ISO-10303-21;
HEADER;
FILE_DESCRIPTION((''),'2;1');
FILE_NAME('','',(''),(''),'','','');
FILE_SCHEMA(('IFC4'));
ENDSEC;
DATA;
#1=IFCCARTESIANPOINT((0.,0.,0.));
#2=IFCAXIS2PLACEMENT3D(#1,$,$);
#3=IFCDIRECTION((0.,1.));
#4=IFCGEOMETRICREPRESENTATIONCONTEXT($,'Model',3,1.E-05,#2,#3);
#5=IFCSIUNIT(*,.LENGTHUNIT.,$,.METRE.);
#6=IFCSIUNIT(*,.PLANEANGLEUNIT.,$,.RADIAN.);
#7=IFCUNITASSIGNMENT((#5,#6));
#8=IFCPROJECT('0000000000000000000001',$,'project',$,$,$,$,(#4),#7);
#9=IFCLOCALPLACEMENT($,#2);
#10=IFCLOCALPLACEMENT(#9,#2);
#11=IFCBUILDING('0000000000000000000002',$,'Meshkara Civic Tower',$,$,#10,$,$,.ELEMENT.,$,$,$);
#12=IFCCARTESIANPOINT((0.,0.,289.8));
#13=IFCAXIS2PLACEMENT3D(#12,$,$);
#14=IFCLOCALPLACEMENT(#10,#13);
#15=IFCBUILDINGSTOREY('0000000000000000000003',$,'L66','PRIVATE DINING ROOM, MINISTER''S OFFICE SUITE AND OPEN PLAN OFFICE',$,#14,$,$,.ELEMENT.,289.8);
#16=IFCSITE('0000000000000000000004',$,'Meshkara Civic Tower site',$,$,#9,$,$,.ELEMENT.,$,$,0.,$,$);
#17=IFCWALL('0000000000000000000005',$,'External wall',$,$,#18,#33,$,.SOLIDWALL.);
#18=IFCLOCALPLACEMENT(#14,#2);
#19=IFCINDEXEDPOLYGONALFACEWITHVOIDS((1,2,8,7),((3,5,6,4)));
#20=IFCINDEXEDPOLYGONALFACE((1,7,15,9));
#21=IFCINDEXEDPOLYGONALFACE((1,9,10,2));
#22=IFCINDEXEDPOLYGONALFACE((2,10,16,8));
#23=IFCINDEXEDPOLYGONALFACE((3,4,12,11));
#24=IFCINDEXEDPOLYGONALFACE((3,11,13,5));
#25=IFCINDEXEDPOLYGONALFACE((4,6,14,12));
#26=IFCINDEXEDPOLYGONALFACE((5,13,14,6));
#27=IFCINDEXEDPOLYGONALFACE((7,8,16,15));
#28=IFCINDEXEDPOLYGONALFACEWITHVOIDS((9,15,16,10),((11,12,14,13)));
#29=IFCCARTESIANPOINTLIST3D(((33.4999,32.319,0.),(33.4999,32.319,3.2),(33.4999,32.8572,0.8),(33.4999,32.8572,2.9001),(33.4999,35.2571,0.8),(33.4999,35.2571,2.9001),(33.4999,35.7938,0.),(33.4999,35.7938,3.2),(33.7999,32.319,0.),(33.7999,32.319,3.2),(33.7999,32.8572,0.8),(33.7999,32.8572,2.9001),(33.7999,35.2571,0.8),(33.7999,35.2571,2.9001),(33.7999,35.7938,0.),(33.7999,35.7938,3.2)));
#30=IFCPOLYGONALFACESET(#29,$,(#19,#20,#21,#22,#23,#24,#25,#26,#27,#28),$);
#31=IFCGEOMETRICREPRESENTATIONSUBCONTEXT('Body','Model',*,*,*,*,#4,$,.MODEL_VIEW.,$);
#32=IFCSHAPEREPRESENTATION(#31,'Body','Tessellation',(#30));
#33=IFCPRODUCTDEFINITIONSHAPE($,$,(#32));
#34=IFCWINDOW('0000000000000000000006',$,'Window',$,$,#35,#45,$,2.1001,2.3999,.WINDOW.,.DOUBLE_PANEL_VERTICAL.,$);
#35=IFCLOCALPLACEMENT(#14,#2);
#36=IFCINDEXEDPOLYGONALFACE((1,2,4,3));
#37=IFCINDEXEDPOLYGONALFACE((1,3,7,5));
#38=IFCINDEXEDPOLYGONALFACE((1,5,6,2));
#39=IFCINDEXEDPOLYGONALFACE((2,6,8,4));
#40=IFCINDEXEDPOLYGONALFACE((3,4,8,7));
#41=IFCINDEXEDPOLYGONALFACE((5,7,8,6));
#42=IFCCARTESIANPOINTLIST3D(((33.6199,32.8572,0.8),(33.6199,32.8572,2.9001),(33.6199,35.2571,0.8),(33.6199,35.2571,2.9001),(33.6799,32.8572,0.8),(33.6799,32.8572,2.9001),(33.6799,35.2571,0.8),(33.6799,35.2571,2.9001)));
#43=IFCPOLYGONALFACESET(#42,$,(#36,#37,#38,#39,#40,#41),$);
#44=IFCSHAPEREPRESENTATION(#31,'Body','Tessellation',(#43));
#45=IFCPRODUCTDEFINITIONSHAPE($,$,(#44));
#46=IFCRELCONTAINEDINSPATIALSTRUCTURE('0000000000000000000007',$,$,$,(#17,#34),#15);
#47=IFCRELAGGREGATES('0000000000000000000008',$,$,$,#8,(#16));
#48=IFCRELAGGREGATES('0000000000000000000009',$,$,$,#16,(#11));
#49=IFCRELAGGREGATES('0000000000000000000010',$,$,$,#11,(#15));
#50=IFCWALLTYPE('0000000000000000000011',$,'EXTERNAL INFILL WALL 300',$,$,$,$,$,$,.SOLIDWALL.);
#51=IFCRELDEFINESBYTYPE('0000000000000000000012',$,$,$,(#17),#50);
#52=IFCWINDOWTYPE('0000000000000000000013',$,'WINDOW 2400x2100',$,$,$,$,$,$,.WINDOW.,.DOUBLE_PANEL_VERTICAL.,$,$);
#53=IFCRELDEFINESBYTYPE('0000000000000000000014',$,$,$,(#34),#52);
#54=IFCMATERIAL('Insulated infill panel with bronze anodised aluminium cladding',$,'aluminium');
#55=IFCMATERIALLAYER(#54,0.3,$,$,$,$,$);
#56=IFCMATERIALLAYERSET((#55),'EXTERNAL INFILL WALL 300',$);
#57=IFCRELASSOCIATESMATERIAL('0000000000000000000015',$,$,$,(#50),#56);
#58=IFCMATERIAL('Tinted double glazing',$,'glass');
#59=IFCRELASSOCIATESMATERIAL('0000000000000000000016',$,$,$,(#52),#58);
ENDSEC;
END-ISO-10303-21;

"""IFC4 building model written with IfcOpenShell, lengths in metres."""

from ifc_helpers import new_model, si_unit, direction, frame, frame_2d, origin, place, context, subcontext, project, spatial, rectangle, extrude, material, layer, layer_set, type_object, element, fill, save


model = new_model("IFC4")

# Units and contexts
model_context = context("Model", 3, precision=1e-05, world=origin(), true_north=direction((0.0, 1.0)))
body_context = subcontext(model_context, "Body", "Model", "MODEL_VIEW")
ifc_project = project(units=[si_unit("LENGTHUNIT", "METRE"), si_unit("PLANEANGLEUNIT", "RADIAN")], contexts=[model_context])

# Site, building, storey
site_placement = place(None, origin())
site = spatial("IfcSite", under=ifc_project, at=site_placement, Name="Meshkara Civic Tower site", CompositionType="ELEMENT", RefElevation=0.0)
building_placement = place(site_placement, origin())
building = spatial("IfcBuilding", under=site, at=building_placement, Name="Meshkara Civic Tower", CompositionType="ELEMENT")
storey_placement = place(building_placement, frame((0.0, 0.0, 289.8)))
storey = spatial("IfcBuildingStorey", under=building, at=storey_placement, Name="L66", Description="PRIVATE DINING ROOM, MINISTER'S OFFICE SUITE AND OPEN PLAN OFFICE", CompositionType="ELEMENT", Elevation=289.8)

# Wall, opening, window
ifc_material_1 = material(Name="Insulated infill panel with bronze anodised aluminium cladding", Category="aluminium")
ifc_layer_1 = layer(ifc_material_1, 0.3)
ifc_layer_set_1 = layer_set([ifc_layer_1], Name="EXTERNAL INFILL WALL 300")
wall_type_1 = type_object("IfcWallType", Name="EXTERNAL INFILL WALL 300", PredefinedType="SOLIDWALL", material=ifc_layer_set_1)
ifc_material_2 = material(Name="Tinted double glazing", Category="glass")
window_type = type_object("IfcWindowType", Name="WINDOW 2400x2100", PartitioningType="DOUBLE_PANEL_VERTICAL", PredefinedType="WINDOW", material=ifc_material_2)
wall_1_placement = place(storey_placement, frame((33.6499, 32.3191, 0.0), z_axis=(0.0, 0.0, 1.0), x_axis=(0.0, 1.0, 0.0)))
wall_1 = element("IfcWall", 1, at=wall_1_placement, inside=storey, type_object=wall_type_1, Name="External wall", PredefinedType="SOLIDWALL", context=body_context, shape_type="SweptSolid", body=[
    extrude(rectangle(XDim=3.4749, YDim=0.3, at=frame_2d((1.7373, 0.0))), origin(), (0.0, 0.0, 1.0), 3.2),
])
opening_1_placement = place(wall_1_placement, frame((0.5381, 0.0, 0.8)))
opening_1 = element("IfcOpeningElement", 2, at=opening_1_placement, cuts=wall_1, PredefinedType="OPENING", context=body_context, shape_type="SweptSolid", body=[
    extrude(rectangle(XDim=2.3999, YDim=2.1001, at=frame_2d((1.2, 1.05))), frame((0.0, 0.1599, 0.0), z_axis=(0.0, -1.0, 0.0), x_axis=(1.0, 0.0, 0.0)), (0.0, 0.0, 1.0), 0.3201),
])
window_1_placement = place(opening_1_placement, origin())
window_1 = element("IfcWindow", 3, at=window_1_placement, inside=storey, type_object=window_type, Name="Window", OverallHeight=2.1001, OverallWidth=2.3999, PartitioningType="DOUBLE_PANEL_VERTICAL", PredefinedType="WINDOW", context=body_context, shape_type="SweptSolid", body=[
    extrude(rectangle(XDim=2.3999, YDim=2.1001, at=frame_2d((1.2, 1.05))), frame((0.0, 0.03, 0.0), z_axis=(0.0, -1.0, 0.0), x_axis=(1.0, 0.0, 0.0)), (0.0, 0.0, 1.0), 0.0601),
])
fill(opening_1, window_1)

save(model, "model.ifc")
